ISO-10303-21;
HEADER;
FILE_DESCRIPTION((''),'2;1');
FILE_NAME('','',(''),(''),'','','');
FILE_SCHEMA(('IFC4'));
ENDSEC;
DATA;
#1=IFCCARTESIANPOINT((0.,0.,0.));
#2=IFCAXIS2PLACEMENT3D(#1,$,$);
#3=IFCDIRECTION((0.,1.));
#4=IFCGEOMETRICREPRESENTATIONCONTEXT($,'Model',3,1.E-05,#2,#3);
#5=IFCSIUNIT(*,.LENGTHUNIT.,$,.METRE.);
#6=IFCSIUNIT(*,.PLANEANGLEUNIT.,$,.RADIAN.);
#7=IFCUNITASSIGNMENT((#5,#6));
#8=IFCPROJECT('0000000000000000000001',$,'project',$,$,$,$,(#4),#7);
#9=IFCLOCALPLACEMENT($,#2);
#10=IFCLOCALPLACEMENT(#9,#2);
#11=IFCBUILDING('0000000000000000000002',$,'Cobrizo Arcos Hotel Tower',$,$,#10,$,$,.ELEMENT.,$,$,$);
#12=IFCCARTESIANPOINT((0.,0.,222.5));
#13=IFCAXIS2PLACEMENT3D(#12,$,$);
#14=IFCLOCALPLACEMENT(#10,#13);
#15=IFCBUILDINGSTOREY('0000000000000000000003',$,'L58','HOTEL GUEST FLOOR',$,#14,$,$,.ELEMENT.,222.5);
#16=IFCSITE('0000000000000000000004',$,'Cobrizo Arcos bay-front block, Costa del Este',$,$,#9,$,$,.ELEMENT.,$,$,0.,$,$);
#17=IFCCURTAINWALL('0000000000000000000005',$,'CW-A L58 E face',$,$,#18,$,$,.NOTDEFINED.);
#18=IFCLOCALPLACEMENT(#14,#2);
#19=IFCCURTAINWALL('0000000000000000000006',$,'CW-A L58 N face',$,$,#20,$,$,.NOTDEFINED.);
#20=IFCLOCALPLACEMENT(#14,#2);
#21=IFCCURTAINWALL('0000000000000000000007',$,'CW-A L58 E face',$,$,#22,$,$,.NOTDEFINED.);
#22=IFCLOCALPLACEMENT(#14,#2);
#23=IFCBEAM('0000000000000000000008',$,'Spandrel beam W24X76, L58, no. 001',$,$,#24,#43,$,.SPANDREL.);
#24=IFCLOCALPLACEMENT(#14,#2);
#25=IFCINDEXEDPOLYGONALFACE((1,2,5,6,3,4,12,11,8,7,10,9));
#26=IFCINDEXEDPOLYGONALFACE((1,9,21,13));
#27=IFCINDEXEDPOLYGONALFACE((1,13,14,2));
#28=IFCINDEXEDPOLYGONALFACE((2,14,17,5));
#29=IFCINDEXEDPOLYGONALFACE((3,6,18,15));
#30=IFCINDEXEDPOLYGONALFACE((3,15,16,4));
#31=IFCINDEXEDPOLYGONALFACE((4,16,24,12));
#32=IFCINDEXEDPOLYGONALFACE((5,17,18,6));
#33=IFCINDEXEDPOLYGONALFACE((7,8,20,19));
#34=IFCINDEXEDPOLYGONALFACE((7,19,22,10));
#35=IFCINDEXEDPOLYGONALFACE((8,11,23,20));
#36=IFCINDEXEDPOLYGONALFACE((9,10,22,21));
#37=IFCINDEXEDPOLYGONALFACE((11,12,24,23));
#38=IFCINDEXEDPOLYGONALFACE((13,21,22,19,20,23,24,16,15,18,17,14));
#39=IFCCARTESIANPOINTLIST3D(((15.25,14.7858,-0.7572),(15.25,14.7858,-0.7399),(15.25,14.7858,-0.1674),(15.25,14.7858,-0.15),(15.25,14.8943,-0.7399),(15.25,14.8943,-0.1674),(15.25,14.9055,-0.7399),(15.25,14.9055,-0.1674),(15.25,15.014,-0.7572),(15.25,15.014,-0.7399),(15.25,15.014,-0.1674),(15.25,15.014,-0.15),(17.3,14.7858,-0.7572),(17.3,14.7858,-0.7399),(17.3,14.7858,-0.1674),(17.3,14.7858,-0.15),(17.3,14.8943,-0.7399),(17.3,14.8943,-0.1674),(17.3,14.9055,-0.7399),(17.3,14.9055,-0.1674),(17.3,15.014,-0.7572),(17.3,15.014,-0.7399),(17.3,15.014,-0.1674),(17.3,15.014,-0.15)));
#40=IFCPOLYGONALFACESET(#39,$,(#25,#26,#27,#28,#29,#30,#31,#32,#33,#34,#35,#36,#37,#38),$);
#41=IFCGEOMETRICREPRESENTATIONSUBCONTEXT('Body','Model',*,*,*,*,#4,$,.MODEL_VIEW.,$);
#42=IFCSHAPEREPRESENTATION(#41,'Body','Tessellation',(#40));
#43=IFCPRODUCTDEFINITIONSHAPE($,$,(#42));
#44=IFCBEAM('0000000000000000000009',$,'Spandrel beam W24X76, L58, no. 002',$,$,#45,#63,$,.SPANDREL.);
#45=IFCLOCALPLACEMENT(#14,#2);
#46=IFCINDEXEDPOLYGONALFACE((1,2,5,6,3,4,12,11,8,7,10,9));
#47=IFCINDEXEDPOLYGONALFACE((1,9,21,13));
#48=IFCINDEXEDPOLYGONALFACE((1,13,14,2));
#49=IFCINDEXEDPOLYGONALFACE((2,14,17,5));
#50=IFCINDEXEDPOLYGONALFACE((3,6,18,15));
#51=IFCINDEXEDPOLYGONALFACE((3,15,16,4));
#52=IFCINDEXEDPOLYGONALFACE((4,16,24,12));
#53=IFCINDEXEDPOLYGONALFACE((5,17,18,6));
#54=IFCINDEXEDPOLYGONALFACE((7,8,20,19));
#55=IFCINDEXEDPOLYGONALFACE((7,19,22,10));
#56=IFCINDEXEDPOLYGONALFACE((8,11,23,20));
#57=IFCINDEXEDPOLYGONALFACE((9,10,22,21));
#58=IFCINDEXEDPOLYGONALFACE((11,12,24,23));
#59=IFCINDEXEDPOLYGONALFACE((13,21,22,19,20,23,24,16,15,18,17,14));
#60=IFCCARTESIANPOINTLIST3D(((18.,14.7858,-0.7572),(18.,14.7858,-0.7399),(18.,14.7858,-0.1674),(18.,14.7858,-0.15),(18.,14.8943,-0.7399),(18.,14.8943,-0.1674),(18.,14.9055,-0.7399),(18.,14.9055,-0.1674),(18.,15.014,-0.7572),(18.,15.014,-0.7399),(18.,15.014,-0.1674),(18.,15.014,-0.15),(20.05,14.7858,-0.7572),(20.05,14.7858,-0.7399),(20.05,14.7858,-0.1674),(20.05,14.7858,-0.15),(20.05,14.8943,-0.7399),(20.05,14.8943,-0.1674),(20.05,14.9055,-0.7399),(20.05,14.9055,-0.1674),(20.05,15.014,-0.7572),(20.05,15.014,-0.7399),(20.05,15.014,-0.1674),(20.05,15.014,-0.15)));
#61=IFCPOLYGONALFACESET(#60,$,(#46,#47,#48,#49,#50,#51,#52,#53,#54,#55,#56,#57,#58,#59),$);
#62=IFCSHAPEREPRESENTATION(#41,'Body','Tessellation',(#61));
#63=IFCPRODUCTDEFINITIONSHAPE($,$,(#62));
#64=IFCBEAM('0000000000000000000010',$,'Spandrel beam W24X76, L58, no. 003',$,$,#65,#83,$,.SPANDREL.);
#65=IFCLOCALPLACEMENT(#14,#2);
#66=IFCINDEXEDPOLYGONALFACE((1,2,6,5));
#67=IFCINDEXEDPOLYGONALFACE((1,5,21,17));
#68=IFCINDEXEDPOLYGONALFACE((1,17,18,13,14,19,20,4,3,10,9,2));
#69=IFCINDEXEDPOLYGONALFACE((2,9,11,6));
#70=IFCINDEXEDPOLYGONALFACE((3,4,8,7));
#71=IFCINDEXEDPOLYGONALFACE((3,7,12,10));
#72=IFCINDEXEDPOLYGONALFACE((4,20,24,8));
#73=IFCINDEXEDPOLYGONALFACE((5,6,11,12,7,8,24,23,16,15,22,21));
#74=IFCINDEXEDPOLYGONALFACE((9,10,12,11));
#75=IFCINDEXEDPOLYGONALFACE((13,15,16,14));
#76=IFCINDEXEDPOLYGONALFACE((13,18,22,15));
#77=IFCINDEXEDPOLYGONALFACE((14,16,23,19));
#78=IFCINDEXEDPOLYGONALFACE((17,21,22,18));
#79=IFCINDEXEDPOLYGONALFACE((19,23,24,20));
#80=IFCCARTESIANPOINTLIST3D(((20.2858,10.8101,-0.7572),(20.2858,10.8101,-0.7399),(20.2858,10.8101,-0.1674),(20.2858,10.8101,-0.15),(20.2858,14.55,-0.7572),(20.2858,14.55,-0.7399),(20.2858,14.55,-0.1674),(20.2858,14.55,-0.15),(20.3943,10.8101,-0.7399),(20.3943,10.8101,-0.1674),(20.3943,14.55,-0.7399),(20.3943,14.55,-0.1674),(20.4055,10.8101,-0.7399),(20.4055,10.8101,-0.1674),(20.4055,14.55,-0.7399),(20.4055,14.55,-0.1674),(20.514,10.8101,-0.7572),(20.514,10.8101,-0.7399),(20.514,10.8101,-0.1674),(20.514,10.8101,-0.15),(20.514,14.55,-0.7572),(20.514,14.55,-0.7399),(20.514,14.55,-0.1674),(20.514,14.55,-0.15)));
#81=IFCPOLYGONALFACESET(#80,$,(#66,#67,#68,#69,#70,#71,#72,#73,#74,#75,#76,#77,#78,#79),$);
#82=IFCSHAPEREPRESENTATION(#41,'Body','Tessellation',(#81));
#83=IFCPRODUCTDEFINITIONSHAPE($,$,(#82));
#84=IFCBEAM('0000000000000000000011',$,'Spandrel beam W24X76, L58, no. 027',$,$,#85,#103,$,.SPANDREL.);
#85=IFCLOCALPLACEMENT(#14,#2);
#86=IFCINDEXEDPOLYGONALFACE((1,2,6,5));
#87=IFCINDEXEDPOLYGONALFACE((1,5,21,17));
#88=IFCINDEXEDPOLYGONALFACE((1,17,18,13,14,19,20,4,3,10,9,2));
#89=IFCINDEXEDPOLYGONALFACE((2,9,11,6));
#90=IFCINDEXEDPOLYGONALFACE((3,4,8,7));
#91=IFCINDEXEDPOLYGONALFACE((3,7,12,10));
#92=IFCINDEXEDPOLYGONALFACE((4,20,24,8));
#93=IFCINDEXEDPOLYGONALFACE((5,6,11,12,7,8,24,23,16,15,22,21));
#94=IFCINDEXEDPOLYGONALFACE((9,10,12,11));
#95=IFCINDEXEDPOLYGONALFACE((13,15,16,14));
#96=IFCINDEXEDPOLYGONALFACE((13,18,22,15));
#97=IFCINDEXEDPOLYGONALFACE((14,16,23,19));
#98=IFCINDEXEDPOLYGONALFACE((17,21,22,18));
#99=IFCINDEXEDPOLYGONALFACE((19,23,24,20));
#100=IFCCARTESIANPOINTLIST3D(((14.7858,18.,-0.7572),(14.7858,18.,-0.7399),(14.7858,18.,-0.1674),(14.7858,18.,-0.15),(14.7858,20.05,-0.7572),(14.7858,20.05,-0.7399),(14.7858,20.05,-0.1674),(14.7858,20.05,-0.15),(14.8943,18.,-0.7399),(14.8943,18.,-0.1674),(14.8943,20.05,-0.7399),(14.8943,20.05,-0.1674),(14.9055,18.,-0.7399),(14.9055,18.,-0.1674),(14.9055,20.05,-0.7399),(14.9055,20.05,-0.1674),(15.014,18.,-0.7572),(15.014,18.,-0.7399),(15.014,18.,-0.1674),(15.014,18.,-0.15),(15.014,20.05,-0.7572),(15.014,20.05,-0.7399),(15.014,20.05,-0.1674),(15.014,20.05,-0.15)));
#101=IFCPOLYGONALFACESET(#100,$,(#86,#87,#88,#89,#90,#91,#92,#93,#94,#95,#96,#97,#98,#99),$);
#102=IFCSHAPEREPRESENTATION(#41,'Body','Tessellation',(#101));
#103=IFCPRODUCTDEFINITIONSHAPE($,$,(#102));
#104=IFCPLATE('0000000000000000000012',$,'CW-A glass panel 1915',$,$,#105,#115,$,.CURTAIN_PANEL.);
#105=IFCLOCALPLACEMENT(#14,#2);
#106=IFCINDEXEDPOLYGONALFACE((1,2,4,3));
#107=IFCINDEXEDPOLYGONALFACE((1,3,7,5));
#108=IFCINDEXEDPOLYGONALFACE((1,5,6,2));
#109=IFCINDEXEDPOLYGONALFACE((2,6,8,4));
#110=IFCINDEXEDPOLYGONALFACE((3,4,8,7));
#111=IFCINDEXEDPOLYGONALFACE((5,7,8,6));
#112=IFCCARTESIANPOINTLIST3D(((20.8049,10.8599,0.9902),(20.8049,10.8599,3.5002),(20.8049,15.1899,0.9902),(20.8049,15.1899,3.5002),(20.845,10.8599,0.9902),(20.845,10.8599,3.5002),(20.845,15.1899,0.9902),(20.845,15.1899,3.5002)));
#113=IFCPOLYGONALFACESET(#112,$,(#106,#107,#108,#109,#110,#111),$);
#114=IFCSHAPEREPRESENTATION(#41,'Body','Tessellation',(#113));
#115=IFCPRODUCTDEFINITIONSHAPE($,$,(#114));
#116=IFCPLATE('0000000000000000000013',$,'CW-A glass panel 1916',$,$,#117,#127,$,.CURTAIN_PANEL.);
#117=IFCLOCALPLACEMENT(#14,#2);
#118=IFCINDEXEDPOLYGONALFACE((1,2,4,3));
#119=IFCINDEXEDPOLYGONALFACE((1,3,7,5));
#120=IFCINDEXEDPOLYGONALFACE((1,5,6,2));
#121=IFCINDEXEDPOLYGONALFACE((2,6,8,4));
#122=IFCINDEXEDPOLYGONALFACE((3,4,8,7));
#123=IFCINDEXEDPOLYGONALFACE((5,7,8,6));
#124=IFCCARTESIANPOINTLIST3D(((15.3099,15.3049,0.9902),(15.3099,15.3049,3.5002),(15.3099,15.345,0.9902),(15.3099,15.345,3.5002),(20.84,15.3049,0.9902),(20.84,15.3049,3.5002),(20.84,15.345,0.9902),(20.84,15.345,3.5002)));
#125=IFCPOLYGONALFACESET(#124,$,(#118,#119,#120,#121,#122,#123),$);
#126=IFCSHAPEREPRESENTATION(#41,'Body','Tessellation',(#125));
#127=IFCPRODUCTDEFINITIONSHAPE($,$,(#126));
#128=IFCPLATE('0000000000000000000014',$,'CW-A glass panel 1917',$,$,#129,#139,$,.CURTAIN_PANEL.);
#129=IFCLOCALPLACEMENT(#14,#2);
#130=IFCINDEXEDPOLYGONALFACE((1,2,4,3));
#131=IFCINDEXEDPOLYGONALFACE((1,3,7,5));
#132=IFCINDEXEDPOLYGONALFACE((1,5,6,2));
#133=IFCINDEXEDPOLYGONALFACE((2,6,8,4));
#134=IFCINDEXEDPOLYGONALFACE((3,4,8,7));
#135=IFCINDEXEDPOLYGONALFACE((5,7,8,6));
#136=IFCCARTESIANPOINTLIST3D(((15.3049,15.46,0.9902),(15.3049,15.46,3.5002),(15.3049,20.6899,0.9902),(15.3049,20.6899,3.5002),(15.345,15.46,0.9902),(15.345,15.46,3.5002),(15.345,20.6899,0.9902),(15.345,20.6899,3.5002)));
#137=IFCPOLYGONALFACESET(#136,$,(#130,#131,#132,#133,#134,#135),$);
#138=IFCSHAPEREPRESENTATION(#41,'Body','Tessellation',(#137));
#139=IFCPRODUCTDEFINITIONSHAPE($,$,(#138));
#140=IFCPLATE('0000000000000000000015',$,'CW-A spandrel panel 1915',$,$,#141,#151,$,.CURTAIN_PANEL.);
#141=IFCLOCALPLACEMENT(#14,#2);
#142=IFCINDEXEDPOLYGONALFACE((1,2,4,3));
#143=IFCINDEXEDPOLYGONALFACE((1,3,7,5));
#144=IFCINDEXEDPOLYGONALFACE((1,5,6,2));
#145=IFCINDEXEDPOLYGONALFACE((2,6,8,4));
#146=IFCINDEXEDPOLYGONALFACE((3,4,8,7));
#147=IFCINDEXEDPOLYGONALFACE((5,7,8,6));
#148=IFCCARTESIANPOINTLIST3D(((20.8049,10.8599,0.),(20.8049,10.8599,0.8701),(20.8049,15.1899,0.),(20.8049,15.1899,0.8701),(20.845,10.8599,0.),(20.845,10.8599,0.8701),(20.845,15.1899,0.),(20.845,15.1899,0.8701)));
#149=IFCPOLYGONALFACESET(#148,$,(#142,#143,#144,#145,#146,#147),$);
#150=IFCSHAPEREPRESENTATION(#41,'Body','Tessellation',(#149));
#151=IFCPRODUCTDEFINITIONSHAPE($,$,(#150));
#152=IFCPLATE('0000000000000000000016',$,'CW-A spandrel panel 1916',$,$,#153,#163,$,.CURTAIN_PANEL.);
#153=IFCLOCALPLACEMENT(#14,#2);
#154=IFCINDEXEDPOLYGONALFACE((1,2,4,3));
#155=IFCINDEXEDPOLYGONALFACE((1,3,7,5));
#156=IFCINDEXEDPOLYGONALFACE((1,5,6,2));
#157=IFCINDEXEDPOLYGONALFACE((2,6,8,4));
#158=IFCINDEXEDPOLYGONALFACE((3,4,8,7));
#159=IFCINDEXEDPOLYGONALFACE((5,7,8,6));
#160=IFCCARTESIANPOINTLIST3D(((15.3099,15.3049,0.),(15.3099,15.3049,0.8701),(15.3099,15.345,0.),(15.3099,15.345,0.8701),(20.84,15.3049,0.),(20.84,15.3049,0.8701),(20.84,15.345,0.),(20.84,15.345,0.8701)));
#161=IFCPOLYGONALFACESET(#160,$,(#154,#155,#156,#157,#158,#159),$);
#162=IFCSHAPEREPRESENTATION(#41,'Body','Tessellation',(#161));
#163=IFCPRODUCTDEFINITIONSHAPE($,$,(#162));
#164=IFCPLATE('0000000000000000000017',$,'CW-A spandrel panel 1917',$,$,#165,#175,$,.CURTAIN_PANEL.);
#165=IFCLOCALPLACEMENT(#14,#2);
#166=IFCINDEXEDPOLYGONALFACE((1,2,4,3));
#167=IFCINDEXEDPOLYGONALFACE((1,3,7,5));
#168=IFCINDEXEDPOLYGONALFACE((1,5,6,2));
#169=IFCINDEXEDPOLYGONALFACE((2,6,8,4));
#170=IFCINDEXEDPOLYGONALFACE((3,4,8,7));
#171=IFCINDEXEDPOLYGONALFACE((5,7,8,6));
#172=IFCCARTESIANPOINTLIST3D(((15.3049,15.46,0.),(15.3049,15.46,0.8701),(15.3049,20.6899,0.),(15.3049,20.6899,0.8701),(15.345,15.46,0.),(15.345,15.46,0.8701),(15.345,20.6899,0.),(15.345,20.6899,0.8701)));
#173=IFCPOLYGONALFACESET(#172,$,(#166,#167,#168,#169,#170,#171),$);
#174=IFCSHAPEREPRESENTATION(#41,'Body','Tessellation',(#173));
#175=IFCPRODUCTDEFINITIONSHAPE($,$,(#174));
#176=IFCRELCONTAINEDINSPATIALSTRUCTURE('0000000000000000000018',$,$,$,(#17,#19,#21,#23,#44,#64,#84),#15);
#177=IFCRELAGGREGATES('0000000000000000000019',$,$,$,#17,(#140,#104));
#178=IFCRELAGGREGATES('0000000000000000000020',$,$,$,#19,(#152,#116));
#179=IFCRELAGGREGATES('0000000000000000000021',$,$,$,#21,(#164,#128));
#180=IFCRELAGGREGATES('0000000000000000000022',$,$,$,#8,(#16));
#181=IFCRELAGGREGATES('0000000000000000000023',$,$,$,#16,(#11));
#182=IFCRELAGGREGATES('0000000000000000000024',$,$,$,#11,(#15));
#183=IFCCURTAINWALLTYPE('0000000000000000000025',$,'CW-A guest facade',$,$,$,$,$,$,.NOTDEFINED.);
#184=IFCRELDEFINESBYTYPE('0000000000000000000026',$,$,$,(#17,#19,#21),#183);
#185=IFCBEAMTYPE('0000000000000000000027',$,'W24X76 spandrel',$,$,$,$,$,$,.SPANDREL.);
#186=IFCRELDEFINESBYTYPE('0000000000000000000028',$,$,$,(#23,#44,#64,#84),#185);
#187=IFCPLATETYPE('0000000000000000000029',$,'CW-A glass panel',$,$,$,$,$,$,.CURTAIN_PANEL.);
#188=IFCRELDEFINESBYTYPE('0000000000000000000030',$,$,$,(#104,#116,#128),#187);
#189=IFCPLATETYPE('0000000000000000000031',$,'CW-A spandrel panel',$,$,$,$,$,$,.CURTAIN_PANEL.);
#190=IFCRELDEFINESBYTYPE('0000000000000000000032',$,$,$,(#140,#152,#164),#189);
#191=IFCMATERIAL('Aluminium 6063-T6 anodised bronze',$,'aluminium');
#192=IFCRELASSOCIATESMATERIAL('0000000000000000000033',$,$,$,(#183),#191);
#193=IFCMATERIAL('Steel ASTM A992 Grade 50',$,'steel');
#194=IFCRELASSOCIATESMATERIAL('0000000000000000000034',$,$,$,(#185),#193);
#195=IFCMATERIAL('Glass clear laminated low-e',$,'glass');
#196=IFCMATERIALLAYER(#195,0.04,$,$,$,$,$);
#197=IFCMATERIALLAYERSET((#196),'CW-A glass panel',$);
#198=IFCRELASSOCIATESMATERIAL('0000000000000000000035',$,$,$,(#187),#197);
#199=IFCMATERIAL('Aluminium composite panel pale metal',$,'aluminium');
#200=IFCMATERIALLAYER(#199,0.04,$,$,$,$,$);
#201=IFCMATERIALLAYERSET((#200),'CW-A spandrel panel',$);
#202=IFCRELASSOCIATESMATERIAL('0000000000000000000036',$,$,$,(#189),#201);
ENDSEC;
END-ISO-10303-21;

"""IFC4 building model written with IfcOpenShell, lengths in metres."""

from ifc_helpers import new_model, si_unit, direction, frame, origin, origin_2d, place, context, subcontext, project, spatial, rectangle, i_section, extrude, material, layer, layer_set, material_profile, profile_set, type_object, element, aggregate, save


model = new_model("IFC4")

# Units and contexts
model_context = context("Model", 3, precision=1e-05, world=origin(), true_north=direction((0.0, 1.0)))
body_context = subcontext(model_context, "Body", "Model", "MODEL_VIEW")
ifc_project = project(units=[si_unit("LENGTHUNIT", "METRE"), si_unit("PLANEANGLEUNIT", "RADIAN")], contexts=[model_context])

# Site, building, storey
site_placement = place(None, origin())
site = spatial("IfcSite", under=ifc_project, at=site_placement, Name="Cobrizo Arcos bay-front block, Costa del Este", CompositionType="ELEMENT", RefElevation=0.0)
building_placement = place(site_placement, origin())
building = spatial("IfcBuilding", under=site, at=building_placement, Name="Cobrizo Arcos Hotel Tower", CompositionType="ELEMENT")
storey_placement = place(building_placement, frame((0.0, 0.0, 222.5)))
storey = spatial("IfcBuildingStorey", under=building, at=storey_placement, Name="L58", Description="HOTEL GUEST FLOOR", CompositionType="ELEMENT", Elevation=222.5)

# Curtain wall
ifc_material_1 = material(Name="Aluminium 6063-T6 anodised bronze", Category="aluminium")
curtain_wall_type = type_object("IfcCurtainWallType", Name="CW-A guest facade", PredefinedType="NOTDEFINED", material=ifc_material_1)
curtain_wall_1_placement = place(storey_placement, origin())
curtain_wall_1 = element("IfcCurtainWall", 1, at=curtain_wall_1_placement, inside=storey, type_object=curtain_wall_type, Name="CW-A L58 E face", PredefinedType="NOTDEFINED")

# Curtain walls
curtain_wall_2_placement = place(storey_placement, origin())
curtain_wall_2 = element("IfcCurtainWall", 2, at=curtain_wall_2_placement, inside=storey, type_object=curtain_wall_type, Name="CW-A L58 N face", PredefinedType="NOTDEFINED")
curtain_wall_3_placement = place(storey_placement, origin())
curtain_wall_3 = element("IfcCurtainWall", 3, at=curtain_wall_3_placement, inside=storey, type_object=curtain_wall_type, Name="CW-A L58 E face", PredefinedType="NOTDEFINED")

# Beams
ifc_material_2 = material(Name="Steel ASTM A992 Grade 50", Category="steel")
ifc_material_profile_1 = material_profile(ifc_material_2, i_section(OverallWidth=0.2283, OverallDepth=0.6072, WebThickness=0.0112, FlangeThickness=0.0173, at=origin_2d()), Name="W24X76")
ifc_profile_set_1 = profile_set([ifc_material_profile_1], Name="Steel ASTM A992 Grade 50")
beam_type = type_object("IfcBeamType", Name="W24X76 spandrel", PredefinedType="SPANDREL", material=ifc_profile_set_1)
for number, where, z_axis, x_axis, name in (
    (4, (15.25, 14.8999, -0.4536), (1.0, 0.0, 0.0), (0.0, 1.0, 0.0), "Spandrel beam W24X76, L58, no. 001"),
    (5, (18.0, 14.8999, -0.4536), (1.0, 0.0, 0.0), (0.0, 1.0, 0.0), "Spandrel beam W24X76, L58, no. 002"),
):
    element("IfcBeam", number, at=place(storey_placement, frame(where, z_axis=z_axis, x_axis=x_axis)), inside=storey, type_object=beam_type, Name=name, PredefinedType="SPANDREL", context=body_context, shape_type="SweptSolid", body=[
        extrude(i_section(OverallWidth=0.2283, OverallDepth=0.6072, WebThickness=0.0112, FlangeThickness=0.0173, at=origin_2d()), origin(), (0.0, 0.0, 1.0), 2.05),
    ])
beam_1_placement = place(storey_placement, frame((20.3999, 14.55, -0.4536), z_axis=(0.0, -1.0, 0.0), x_axis=(1.0, 0.0, 0.0)))
element("IfcBeam", 6, at=beam_1_placement, inside=storey, type_object=beam_type, Name="Spandrel beam W24X76, L58, no. 003", PredefinedType="SPANDREL", context=body_context, shape_type="SweptSolid", body=[
    extrude(i_section(OverallWidth=0.2283, OverallDepth=0.6072, WebThickness=0.0112, FlangeThickness=0.0173, at=origin_2d()), origin(), (0.0, 0.0, 1.0), 3.74),
])
beam_2_placement = place(storey_placement, frame((14.8999, 20.05, -0.4536), z_axis=(0.0, -1.0, 0.0), x_axis=(1.0, 0.0, 0.0)))
element("IfcBeam", 7, at=beam_2_placement, inside=storey, type_object=beam_type, Name="Spandrel beam W24X76, L58, no. 027", PredefinedType="SPANDREL", context=body_context, shape_type="SweptSolid", body=[
    extrude(i_section(OverallWidth=0.2283, OverallDepth=0.6072, WebThickness=0.0112, FlangeThickness=0.0173, at=origin_2d()), origin(), (0.0, 0.0, 1.0), 2.05),
])

# Plates
ifc_material_3 = material(Name="Glass clear laminated low-e", Category="glass")
ifc_layer_1 = layer(ifc_material_3, 0.04)
ifc_layer_set_1 = layer_set([ifc_layer_1], Name="CW-A glass panel")
plate_type_1 = type_object("IfcPlateType", Name="CW-A glass panel", PredefinedType="CURTAIN_PANEL", material=ifc_layer_set_1)
plate_1_placement = place(storey_placement, frame((20.825, 13.0249, 0.9902), z_axis=(0.0, 0.0, 1.0), x_axis=(0.0, 1.0, 0.0)))
plate_1 = element("IfcPlate", 8, at=plate_1_placement, type_object=plate_type_1, Name="CW-A glass panel 1915", PredefinedType="CURTAIN_PANEL", context=body_context, shape_type="SweptSolid", body=[
    extrude(rectangle(XDim=4.3301, YDim=0.04, at=origin_2d()), origin(), (0.0, 0.0, 1.0), 2.51),
])
plate_2_placement = place(storey_placement, frame((18.075, 15.325, 0.9902), z_axis=(0.0, 0.0, 1.0), x_axis=(-1.0, 0.0, 0.0)))
plate_2 = element("IfcPlate", 9, at=plate_2_placement, type_object=plate_type_1, Name="CW-A glass panel 1916", PredefinedType="CURTAIN_PANEL", context=body_context, shape_type="SweptSolid", body=[
    extrude(rectangle(XDim=5.53, YDim=0.04, at=origin_2d()), origin(), (0.0, 0.0, 1.0), 2.51),
])
plate_3_placement = place(storey_placement, frame((15.325, 18.075, 0.9902), z_axis=(0.0, 0.0, 1.0), x_axis=(0.0, 1.0, 0.0)))
plate_3 = element("IfcPlate", 10, at=plate_3_placement, type_object=plate_type_1, Name="CW-A glass panel 1917", PredefinedType="CURTAIN_PANEL", context=body_context, shape_type="SweptSolid", body=[
    extrude(rectangle(XDim=5.23, YDim=0.04, at=origin_2d()), origin(), (0.0, 0.0, 1.0), 2.51),
])
ifc_material_4 = material(Name="Aluminium composite panel pale metal", Category="aluminium")
ifc_layer_2 = layer(ifc_material_4, 0.04)
ifc_layer_set_2 = layer_set([ifc_layer_2], Name="CW-A spandrel panel")
plate_type_2 = type_object("IfcPlateType", Name="CW-A spandrel panel", PredefinedType="CURTAIN_PANEL", material=ifc_layer_set_2)
plate_4_placement = place(storey_placement, frame((20.825, 13.0249, 0.0), z_axis=(0.0, 0.0, 1.0), x_axis=(0.0, 1.0, 0.0)))
plate_4 = element("IfcPlate", 11, at=plate_4_placement, type_object=plate_type_2, Name="CW-A spandrel panel 1915", PredefinedType="CURTAIN_PANEL", context=body_context, shape_type="SweptSolid", body=[
    extrude(rectangle(XDim=4.3301, YDim=0.04, at=origin_2d()), origin(), (0.0, 0.0, 1.0), 0.8701),
])
aggregate(curtain_wall_1, [plate_4, plate_1])
plate_5_placement = place(storey_placement, frame((18.075, 15.325, 0.0), z_axis=(0.0, 0.0, 1.0), x_axis=(-1.0, 0.0, 0.0)))
plate_5 = element("IfcPlate", 12, at=plate_5_placement, type_object=plate_type_2, Name="CW-A spandrel panel 1916", PredefinedType="CURTAIN_PANEL", context=body_context, shape_type="SweptSolid", body=[
    extrude(rectangle(XDim=5.53, YDim=0.04, at=origin_2d()), origin(), (0.0, 0.0, 1.0), 0.8701),
])
aggregate(curtain_wall_2, [plate_5, plate_2])
plate_6_placement = place(storey_placement, frame((15.325, 18.075, 0.0), z_axis=(0.0, 0.0, 1.0), x_axis=(0.0, 1.0, 0.0)))
plate_6 = element("IfcPlate", 13, at=plate_6_placement, type_object=plate_type_2, Name="CW-A spandrel panel 1917", PredefinedType="CURTAIN_PANEL", context=body_context, shape_type="SweptSolid", body=[
    extrude(rectangle(XDim=5.23, YDim=0.04, at=origin_2d()), origin(), (0.0, 0.0, 1.0), 0.8701),
])
aggregate(curtain_wall_3, [plate_6, plate_3])

save(model, "model.ifc")
